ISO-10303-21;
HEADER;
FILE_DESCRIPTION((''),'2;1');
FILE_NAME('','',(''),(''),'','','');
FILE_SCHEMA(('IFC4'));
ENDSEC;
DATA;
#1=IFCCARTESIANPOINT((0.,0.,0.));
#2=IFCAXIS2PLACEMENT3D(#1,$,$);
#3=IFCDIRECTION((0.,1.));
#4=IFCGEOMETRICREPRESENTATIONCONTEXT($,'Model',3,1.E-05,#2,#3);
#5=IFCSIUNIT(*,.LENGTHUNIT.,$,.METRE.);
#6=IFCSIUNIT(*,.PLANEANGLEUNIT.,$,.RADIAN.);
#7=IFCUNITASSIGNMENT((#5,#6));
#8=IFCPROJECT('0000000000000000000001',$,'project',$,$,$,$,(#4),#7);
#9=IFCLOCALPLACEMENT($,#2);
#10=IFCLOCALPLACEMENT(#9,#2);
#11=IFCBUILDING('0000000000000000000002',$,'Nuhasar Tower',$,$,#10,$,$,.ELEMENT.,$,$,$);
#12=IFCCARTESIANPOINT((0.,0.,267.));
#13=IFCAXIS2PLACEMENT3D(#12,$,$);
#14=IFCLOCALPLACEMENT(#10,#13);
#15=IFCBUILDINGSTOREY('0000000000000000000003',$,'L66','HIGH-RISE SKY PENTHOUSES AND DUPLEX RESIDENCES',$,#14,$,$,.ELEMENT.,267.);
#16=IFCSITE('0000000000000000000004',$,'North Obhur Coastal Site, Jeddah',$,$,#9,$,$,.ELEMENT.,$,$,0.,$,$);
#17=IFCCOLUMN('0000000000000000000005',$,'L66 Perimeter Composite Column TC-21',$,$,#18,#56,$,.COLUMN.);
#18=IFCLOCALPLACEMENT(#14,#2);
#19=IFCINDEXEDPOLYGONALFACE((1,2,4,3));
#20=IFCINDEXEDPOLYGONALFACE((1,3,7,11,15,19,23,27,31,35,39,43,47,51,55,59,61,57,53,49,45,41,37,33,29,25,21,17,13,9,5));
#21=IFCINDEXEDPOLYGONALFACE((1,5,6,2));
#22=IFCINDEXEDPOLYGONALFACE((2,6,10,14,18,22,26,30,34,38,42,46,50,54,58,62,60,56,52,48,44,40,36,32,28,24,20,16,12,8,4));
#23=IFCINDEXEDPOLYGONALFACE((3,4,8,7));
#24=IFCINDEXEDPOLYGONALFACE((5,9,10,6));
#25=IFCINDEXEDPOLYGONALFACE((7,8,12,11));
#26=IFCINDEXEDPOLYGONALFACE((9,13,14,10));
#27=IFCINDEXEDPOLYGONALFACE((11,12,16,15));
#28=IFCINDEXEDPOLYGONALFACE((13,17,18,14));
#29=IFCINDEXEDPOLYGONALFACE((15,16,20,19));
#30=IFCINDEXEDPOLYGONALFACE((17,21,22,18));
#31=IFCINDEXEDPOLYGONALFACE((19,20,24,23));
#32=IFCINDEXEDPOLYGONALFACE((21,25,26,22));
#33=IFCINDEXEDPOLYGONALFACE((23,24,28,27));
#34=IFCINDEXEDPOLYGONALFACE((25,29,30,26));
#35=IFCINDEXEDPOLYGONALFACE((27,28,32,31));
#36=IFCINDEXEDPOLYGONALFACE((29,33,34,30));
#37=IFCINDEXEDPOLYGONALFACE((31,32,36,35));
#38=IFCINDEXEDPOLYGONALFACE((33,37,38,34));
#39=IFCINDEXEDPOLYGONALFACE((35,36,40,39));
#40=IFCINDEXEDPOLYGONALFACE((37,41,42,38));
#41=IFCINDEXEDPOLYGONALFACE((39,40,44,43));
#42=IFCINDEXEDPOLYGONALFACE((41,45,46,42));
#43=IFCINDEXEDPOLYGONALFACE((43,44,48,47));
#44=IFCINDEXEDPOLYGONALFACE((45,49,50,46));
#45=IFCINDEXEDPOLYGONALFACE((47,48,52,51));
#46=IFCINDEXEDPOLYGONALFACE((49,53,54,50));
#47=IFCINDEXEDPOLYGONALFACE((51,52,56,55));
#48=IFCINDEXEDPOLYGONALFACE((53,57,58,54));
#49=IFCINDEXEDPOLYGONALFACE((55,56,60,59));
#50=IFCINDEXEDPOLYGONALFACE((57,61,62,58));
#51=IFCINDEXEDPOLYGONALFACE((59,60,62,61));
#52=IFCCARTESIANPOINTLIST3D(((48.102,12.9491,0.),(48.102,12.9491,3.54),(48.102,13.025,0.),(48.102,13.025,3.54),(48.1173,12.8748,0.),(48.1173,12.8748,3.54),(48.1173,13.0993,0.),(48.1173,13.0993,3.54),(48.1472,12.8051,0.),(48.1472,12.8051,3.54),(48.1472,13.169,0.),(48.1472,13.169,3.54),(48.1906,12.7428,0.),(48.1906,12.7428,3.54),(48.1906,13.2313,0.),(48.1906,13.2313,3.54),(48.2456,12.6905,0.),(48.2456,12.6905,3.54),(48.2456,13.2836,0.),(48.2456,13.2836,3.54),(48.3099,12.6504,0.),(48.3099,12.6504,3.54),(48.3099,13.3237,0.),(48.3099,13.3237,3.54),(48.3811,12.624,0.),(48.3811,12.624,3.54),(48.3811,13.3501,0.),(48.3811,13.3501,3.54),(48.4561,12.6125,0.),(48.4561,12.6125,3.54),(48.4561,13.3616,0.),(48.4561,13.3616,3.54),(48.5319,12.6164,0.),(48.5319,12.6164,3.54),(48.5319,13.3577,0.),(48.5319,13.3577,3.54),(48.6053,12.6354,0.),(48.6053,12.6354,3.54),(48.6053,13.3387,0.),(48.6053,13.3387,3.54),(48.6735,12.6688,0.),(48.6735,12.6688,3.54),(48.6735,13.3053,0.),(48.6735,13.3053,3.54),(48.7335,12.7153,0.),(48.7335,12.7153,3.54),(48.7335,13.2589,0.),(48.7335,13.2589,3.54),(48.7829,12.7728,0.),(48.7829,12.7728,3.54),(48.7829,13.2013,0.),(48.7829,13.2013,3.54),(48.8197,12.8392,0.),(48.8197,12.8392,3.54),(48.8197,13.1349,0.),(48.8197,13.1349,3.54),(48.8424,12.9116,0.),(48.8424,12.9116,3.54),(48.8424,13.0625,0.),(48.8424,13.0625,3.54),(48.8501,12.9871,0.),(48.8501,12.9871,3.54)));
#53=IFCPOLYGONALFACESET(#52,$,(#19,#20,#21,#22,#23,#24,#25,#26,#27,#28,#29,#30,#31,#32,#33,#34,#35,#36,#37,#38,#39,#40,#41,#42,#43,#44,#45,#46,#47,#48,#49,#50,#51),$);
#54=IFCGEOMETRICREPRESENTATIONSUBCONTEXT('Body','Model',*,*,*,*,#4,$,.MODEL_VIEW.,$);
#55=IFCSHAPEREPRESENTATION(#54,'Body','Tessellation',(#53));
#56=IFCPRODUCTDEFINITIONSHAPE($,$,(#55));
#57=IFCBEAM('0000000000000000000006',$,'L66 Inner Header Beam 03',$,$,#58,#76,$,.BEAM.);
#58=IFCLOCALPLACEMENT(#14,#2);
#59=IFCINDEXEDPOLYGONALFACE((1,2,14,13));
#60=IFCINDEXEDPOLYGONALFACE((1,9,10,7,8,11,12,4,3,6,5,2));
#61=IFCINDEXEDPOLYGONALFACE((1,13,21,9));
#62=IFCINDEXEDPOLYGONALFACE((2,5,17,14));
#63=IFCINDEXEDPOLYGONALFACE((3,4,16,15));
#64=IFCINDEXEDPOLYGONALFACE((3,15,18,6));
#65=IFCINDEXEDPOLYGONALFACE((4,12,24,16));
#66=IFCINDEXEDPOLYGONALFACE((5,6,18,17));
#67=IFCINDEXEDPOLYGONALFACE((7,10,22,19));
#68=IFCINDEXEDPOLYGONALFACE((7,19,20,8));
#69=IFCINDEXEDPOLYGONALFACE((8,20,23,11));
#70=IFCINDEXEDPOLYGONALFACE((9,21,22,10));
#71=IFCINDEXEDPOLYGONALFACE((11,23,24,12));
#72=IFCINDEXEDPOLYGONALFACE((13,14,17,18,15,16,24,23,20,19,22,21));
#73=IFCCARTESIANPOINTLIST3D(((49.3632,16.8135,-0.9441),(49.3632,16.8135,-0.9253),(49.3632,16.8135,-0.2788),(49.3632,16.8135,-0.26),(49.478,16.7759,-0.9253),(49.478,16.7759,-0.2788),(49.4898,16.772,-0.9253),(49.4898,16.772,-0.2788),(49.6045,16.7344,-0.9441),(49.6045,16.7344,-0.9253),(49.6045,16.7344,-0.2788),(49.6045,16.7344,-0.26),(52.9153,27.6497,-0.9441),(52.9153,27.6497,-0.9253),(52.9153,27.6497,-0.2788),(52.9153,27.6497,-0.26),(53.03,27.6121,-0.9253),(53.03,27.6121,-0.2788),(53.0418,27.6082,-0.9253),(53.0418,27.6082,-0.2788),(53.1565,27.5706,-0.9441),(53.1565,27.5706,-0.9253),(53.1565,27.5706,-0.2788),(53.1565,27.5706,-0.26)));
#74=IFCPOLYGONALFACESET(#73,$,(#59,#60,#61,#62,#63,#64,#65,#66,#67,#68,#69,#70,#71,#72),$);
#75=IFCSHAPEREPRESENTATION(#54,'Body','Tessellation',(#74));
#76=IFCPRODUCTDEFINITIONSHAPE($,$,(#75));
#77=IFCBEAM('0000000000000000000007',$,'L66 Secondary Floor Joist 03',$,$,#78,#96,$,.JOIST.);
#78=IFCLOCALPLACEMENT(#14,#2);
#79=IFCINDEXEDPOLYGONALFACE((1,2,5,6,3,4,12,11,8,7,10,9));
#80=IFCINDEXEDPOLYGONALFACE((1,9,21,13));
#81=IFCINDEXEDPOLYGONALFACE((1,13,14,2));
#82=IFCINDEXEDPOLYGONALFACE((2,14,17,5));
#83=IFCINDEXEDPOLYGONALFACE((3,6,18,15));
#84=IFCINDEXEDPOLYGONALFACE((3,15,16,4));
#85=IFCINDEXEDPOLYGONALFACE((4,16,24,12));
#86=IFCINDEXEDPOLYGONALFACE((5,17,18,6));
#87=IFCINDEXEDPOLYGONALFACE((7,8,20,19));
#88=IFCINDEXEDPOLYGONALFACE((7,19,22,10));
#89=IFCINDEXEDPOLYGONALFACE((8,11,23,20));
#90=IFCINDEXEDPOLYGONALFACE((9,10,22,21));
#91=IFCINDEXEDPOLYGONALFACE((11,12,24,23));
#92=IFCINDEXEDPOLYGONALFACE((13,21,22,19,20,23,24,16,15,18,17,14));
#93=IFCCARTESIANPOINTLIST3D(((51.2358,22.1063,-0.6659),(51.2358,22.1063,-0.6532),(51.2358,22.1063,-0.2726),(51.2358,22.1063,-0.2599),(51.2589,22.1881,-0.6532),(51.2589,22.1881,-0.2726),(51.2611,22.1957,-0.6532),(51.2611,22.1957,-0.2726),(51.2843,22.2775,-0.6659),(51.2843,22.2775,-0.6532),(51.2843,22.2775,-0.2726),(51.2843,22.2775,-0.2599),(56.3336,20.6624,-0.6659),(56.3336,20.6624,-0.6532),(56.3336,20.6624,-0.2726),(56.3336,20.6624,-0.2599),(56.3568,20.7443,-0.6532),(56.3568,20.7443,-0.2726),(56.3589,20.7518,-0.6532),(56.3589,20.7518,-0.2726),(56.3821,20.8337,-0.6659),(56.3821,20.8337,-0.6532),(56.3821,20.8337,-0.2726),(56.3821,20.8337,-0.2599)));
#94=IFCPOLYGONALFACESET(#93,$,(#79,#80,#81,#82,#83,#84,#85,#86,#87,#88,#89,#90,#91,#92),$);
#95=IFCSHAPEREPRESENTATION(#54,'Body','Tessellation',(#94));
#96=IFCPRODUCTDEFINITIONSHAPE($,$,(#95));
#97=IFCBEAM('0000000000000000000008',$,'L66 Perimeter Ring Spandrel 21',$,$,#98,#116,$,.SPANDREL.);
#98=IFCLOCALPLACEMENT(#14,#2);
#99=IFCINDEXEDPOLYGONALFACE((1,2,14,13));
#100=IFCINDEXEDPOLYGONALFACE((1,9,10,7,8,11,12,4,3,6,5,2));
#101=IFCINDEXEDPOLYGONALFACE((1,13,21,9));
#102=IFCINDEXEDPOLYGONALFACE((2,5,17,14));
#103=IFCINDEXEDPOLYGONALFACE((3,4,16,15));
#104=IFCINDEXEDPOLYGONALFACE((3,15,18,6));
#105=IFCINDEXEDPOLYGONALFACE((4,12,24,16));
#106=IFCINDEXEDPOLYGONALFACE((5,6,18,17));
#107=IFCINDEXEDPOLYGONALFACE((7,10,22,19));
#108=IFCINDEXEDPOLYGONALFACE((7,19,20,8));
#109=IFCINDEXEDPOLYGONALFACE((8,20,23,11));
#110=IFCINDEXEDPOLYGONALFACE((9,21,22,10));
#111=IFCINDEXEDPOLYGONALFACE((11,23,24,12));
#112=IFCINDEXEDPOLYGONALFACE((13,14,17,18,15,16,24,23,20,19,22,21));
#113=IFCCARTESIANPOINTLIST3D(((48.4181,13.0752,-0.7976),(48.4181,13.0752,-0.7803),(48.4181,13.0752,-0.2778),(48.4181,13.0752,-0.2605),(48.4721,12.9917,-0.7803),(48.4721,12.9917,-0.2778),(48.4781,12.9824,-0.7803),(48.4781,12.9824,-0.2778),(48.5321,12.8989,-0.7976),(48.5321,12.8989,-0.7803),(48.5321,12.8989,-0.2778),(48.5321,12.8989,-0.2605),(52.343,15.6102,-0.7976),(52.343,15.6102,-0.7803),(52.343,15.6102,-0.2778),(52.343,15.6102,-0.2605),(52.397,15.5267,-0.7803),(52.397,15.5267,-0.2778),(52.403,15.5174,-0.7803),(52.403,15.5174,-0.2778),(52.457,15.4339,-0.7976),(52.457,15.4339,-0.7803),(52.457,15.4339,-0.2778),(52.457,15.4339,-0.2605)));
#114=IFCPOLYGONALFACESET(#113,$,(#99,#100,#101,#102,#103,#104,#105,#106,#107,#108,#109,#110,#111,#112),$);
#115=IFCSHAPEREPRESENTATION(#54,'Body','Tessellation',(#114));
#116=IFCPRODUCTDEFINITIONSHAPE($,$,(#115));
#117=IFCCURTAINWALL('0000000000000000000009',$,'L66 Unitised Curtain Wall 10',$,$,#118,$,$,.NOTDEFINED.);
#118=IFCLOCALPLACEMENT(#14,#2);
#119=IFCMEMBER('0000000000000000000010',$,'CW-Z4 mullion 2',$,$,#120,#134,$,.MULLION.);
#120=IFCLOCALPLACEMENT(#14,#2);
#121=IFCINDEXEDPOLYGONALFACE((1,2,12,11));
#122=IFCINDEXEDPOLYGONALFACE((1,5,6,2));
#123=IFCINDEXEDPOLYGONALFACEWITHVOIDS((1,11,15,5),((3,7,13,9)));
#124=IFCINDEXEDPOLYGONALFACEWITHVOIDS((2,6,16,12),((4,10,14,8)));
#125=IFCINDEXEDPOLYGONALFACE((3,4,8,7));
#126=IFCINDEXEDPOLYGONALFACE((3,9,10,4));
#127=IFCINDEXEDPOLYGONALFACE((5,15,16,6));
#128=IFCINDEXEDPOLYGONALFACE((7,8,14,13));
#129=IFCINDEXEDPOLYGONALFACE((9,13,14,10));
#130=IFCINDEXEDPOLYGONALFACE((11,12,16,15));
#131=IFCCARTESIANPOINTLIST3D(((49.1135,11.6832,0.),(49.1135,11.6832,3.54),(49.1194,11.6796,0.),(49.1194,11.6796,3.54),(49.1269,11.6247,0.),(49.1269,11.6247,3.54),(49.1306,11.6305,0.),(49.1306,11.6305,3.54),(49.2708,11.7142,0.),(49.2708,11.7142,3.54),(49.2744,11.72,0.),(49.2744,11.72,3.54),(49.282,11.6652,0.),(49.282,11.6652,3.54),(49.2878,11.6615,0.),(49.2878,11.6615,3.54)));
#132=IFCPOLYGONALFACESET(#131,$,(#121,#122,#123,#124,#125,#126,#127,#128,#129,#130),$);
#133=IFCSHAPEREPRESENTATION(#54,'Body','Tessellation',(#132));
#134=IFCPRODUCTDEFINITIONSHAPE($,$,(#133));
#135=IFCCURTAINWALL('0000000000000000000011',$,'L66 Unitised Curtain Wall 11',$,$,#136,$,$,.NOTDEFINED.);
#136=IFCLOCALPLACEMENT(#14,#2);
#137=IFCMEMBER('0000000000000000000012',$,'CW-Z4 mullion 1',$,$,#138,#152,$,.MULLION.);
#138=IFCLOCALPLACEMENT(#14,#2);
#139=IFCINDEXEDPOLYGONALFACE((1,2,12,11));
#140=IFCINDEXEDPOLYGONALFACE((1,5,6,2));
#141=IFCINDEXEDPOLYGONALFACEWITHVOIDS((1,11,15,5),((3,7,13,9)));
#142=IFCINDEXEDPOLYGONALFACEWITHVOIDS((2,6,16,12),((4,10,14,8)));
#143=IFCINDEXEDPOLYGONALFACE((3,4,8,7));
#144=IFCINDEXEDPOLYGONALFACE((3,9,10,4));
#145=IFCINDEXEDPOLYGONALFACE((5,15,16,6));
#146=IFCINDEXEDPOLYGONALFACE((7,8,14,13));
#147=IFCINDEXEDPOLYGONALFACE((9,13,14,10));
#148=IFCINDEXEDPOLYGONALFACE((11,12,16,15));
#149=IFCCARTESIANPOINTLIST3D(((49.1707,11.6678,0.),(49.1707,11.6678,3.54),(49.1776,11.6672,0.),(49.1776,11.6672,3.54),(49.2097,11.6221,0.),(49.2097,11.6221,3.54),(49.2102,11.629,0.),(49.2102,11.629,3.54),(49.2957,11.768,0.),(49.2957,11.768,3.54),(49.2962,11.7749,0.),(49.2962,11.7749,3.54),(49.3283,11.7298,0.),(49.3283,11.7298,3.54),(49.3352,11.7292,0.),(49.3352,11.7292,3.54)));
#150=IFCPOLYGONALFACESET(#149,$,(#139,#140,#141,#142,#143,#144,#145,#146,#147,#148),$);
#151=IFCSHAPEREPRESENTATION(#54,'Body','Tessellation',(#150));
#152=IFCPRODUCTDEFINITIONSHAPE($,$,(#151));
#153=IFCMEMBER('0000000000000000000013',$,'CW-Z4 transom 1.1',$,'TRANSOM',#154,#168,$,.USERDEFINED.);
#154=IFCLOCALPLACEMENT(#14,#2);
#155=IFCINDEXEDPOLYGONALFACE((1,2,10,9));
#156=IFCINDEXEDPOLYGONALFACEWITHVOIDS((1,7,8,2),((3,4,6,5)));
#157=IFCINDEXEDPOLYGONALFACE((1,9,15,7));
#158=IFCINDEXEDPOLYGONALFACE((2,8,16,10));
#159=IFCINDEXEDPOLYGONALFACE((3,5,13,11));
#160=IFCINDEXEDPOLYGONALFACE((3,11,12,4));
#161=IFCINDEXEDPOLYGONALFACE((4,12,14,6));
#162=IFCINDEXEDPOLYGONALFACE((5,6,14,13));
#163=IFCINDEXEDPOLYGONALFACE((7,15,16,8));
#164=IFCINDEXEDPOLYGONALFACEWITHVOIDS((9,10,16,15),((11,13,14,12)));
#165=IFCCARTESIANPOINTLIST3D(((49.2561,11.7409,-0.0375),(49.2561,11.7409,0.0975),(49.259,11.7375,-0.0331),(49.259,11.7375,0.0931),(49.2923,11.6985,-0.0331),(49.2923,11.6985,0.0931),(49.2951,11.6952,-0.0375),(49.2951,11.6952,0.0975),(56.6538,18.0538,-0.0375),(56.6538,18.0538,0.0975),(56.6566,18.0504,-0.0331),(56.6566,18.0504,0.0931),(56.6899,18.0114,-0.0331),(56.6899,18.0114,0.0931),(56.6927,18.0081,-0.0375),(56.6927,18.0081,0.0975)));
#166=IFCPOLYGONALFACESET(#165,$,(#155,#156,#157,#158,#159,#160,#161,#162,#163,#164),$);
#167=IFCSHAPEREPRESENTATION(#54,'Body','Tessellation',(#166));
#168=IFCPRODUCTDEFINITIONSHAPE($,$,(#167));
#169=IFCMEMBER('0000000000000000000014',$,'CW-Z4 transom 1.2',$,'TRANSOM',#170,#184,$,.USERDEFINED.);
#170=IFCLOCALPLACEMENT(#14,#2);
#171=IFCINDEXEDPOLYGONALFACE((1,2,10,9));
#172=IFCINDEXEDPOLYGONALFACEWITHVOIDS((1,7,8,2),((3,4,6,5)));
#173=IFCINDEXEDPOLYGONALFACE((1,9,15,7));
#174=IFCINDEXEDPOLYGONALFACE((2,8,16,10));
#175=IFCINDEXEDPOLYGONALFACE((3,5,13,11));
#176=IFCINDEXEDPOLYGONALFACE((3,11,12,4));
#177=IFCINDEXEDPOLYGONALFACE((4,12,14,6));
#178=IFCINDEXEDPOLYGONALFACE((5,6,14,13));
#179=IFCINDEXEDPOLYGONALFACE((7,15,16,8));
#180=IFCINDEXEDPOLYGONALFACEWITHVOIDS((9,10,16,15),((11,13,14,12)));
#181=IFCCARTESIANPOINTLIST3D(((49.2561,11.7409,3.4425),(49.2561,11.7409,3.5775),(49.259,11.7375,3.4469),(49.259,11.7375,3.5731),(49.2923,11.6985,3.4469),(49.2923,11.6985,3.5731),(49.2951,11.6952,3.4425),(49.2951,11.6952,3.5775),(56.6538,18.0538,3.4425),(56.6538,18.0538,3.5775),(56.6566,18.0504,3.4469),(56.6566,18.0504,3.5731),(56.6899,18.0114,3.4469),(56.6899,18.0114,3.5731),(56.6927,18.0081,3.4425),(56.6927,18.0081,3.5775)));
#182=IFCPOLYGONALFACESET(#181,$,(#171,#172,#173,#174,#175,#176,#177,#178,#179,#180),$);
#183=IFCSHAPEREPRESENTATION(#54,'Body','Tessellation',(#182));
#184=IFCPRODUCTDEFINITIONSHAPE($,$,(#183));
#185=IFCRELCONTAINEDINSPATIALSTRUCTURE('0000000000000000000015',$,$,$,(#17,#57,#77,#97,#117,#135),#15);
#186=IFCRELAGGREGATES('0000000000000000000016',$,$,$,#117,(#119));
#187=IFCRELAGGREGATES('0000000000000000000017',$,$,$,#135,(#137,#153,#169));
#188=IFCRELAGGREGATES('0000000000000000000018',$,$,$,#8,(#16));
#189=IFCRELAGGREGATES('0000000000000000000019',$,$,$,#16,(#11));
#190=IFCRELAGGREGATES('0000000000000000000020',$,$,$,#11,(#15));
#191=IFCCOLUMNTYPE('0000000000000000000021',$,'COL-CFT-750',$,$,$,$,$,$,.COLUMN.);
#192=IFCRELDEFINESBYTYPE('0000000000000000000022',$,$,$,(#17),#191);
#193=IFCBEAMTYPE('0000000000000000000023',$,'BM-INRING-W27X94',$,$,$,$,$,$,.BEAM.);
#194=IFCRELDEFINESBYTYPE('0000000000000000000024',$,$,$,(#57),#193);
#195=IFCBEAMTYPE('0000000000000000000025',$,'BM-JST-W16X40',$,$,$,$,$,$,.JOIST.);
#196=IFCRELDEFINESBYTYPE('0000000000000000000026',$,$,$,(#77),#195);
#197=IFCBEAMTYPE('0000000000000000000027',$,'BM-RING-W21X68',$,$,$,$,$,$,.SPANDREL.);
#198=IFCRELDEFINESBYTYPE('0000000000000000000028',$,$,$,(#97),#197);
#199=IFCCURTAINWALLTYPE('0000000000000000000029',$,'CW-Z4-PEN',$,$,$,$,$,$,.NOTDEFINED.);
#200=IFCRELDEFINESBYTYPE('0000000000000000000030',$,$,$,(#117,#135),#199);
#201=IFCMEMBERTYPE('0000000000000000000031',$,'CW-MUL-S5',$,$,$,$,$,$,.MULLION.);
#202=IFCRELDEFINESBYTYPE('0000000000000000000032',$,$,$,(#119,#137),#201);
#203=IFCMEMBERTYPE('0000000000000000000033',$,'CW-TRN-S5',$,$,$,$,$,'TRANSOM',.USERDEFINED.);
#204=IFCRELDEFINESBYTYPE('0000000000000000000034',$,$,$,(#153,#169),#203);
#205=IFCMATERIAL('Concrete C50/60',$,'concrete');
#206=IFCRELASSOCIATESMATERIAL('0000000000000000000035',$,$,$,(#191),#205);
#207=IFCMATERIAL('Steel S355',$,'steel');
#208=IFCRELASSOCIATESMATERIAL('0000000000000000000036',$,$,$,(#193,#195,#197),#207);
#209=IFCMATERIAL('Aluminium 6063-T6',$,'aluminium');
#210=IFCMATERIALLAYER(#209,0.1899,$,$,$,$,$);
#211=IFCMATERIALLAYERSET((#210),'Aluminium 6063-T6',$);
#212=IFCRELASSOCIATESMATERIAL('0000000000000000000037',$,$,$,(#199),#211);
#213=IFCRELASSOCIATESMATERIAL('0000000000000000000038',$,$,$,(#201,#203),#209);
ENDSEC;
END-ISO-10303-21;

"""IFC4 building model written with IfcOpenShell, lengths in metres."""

from ifc_helpers import new_model, si_unit, direction, frame, origin, origin_2d, place, context, subcontext, project, spatial, hollow_rectangle, circle, i_section, extrude, material, layer, layer_set, material_profile, profile_set, type_object, element, aggregate, save


model = new_model("IFC4")

# Units and contexts
model_context = context("Model", 3, precision=1e-05, world=origin(), true_north=direction((0.0, 1.0)))
body_context = subcontext(model_context, "Body", "Model", "MODEL_VIEW")
ifc_project = project(units=[si_unit("LENGTHUNIT", "METRE"), si_unit("PLANEANGLEUNIT", "RADIAN")], contexts=[model_context])

# Site, building, storey
site_placement = place(None, origin())
site = spatial("IfcSite", under=ifc_project, at=site_placement, Name="North Obhur Coastal Site, Jeddah", CompositionType="ELEMENT", RefElevation=0.0)
building_placement = place(site_placement, origin())
building = spatial("IfcBuilding", under=site, at=building_placement, Name="Nuhasar Tower", CompositionType="ELEMENT")
storey_placement = place(building_placement, frame((0.0, 0.0, 267.0)))
storey = spatial("IfcBuildingStorey", under=building, at=storey_placement, Name="L66", Description="HIGH-RISE SKY PENTHOUSES AND DUPLEX RESIDENCES", CompositionType="ELEMENT", Elevation=267.0)

# Column
ifc_material_1 = material(Name="Concrete C50/60", Category="concrete")
ifc_material_profile_1 = material_profile(ifc_material_1, circle(Radius=0.375, at=origin_2d()), Name="CFT750")
ifc_profile_set_1 = profile_set([ifc_material_profile_1], Name="Concrete C50/60")
column_type = type_object("IfcColumnType", Name="COL-CFT-750", PredefinedType="COLUMN", material=ifc_profile_set_1)
column_placement = place(storey_placement, frame((48.4751, 12.9871, 0.0), z_axis=(0.0, 0.0, 1.0), x_axis=(1.0, 0.0, 0.0)))
element("IfcColumn", 1, at=column_placement, inside=storey, type_object=column_type, Name="L66 Perimeter Composite Column TC-21", PredefinedType="COLUMN", context=body_context, shape_type="SweptSolid", body=[
    extrude(circle(Radius=0.375, at=origin_2d()), origin(), (0.0, 0.0, 1.0), 3.54),
])

# Beams
ifc_material_2 = material(Name="Steel S355", Category="steel")
ifc_material_profile_2 = material_profile(ifc_material_2, i_section(OverallWidth=0.2539, OverallDepth=0.6841, WebThickness=0.0125, FlangeThickness=0.0188, at=origin_2d()), Name="W27X94")
ifc_profile_set_2 = profile_set([ifc_material_profile_2], Name="Steel S355")
beam_type_1 = type_object("IfcBeamType", Name="BM-INRING-W27X94", PredefinedType="BEAM", material=ifc_profile_set_2)
beam_1_placement = place(storey_placement, frame((49.4839, 16.7739, -0.6021), z_axis=(0.311484, 0.950251, 0.0), x_axis=(-0.950251, 0.311484, 0.0)))
element("IfcBeam", 2, at=beam_1_placement, inside=storey, type_object=beam_type_1, Name="L66 Inner Header Beam 03", PredefinedType="BEAM", context=body_context, shape_type="SweptSolid", body=[
    extrude(i_section(OverallWidth=0.2539, OverallDepth=0.6841, WebThickness=0.0125, FlangeThickness=0.0188, at=origin_2d()), origin(), (0.0, 0.0, 1.0), 11.4036),
])
ifc_material_profile_3 = material_profile(ifc_material_2, i_section(OverallWidth=0.178, OverallDepth=0.406, WebThickness=0.0078, FlangeThickness=0.0127, at=origin_2d()), Name="W16X40")
ifc_profile_set_3 = profile_set([ifc_material_profile_3], Name="Steel S355")
beam_type_2 = type_object("IfcBeamType", Name="BM-JST-W16X40", PredefinedType="JOIST", material=ifc_profile_set_3)
beam_2_placement = place(storey_placement, frame((51.26, 22.1919, -0.4629), z_axis=(0.962154, -0.272505, 0.0), x_axis=(0.272505, 0.962154, 0.0)))
element("IfcBeam", 3, at=beam_2_placement, inside=storey, type_object=beam_type_2, Name="L66 Secondary Floor Joist 03", PredefinedType="JOIST", context=body_context, shape_type="SweptSolid", body=[
    extrude(i_section(OverallWidth=0.178, OverallDepth=0.406, WebThickness=0.0078, FlangeThickness=0.0127, at=origin_2d()), origin(), (0.0, 0.0, 1.0), 5.2983),
])
ifc_material_profile_4 = material_profile(ifc_material_2, i_section(OverallWidth=0.21, OverallDepth=0.5371, WebThickness=0.011, FlangeThickness=0.0173, at=origin_2d()), Name="W21X68")
ifc_profile_set_4 = profile_set([ifc_material_profile_4], Name="Steel S355")
beam_type_3 = type_object("IfcBeamType", Name="BM-RING-W21X68", PredefinedType="SPANDREL", material=ifc_profile_set_4)
beam_3_placement = place(storey_placement, frame((48.4751, 12.9871, -0.5291), z_axis=(0.840025, 0.542547, 0.0), x_axis=(-0.542547, 0.840025, 0.0)))
element("IfcBeam", 4, at=beam_3_placement, inside=storey, type_object=beam_type_3, Name="L66 Perimeter Ring Spandrel 21", PredefinedType="SPANDREL", context=body_context, shape_type="SweptSolid", body=[
    extrude(i_section(OverallWidth=0.21, OverallDepth=0.5371, WebThickness=0.011, FlangeThickness=0.0173, at=origin_2d()), origin(), (0.0, 0.0, 1.0), 4.6724),
])

# Curtain wall, member
ifc_material_3 = material(Name="Aluminium 6063-T6", Category="aluminium")
ifc_layer_1 = layer(ifc_material_3, 0.1899)
ifc_layer_set_1 = layer_set([ifc_layer_1], Name="Aluminium 6063-T6")
curtain_wall_type = type_object("IfcCurtainWallType", Name="CW-Z4-PEN", PredefinedType="NOTDEFINED", material=ifc_layer_set_1)
curtain_wall_1_placement = place(storey_placement, origin())
curtain_wall_1 = element("IfcCurtainWall", 5, at=curtain_wall_1_placement, inside=storey, type_object=curtain_wall_type, Name="L66 Unitised Curtain Wall 10", PredefinedType="NOTDEFINED")
ifc_material_profile_5 = material_profile(ifc_material_3, hollow_rectangle(XDim=0.0601, YDim=0.165, WallThickness=0.0049, at=origin_2d()), Name="CWM-5")
ifc_profile_set_5 = profile_set([ifc_material_profile_5], Name="Aluminium 6063-T6")
member_type_1 = type_object("IfcMemberType", Name="CW-MUL-S5", PredefinedType="MULLION", material=ifc_profile_set_5)
member_1_placement = place(storey_placement, frame((49.2007, 11.6724, 0.0), z_axis=(0.0, 0.0, 1.0), x_axis=(-0.222889, 0.974844, 0.0)))
member_1 = element("IfcMember", 6, at=member_1_placement, type_object=member_type_1, Name="CW-Z4 mullion 2", PredefinedType="MULLION", context=body_context, shape_type="SweptSolid", body=[
    extrude(hollow_rectangle(XDim=0.0601, YDim=0.165, WallThickness=0.0049, at=origin_2d()), origin(), (0.0, 0.0, 1.0), 3.54),
])
aggregate(curtain_wall_1, [member_1])

# Curtain wall, members
curtain_wall_2_placement = place(storey_placement, origin())
curtain_wall_2 = element("IfcCurtainWall", 7, at=curtain_wall_2_placement, inside=storey, type_object=curtain_wall_type, Name="L66 Unitised Curtain Wall 11", PredefinedType="NOTDEFINED")
member_2_placement = place(storey_placement, frame((49.2529, 11.6985, 0.0), z_axis=(0.0, 0.0, 1.0), x_axis=(-0.649142, 0.760667, 0.0)))
member_2 = element("IfcMember", 8, at=member_2_placement, type_object=member_type_1, Name="CW-Z4 mullion 1", PredefinedType="MULLION", context=body_context, shape_type="SweptSolid", body=[
    extrude(hollow_rectangle(XDim=0.0601, YDim=0.165, WallThickness=0.0049, at=origin_2d()), origin(), (0.0, 0.0, 1.0), 3.54),
])
ifc_material_profile_6 = material_profile(ifc_material_3, hollow_rectangle(XDim=0.0601, YDim=0.135, WallThickness=0.0044, at=origin_2d()), Name="CWT-5")
ifc_profile_set_6 = profile_set([ifc_material_profile_6], Name="Aluminium 6063-T6")
member_type_2 = type_object("IfcMemberType", Name="CW-TRN-S5", ElementType="TRANSOM", PredefinedType="USERDEFINED", material=ifc_profile_set_6)
member_3_placement = place(storey_placement, frame((49.2756, 11.718, 0.03), z_axis=(0.760672, 0.649136, 0.0), x_axis=(-0.649136, 0.760672, 0.0)))
member_3 = element("IfcMember", 9, at=member_3_placement, type_object=member_type_2, Name="CW-Z4 transom 1.1", ObjectType="TRANSOM", PredefinedType="USERDEFINED", context=body_context, shape_type="SweptSolid", body=[
    extrude(hollow_rectangle(XDim=0.0601, YDim=0.135, WallThickness=0.0044, at=origin_2d()), origin(), (0.0, 0.0, 1.0), 9.7251),
])
member_4_placement = place(storey_placement, frame((49.2756, 11.718, 3.51), z_axis=(0.760672, 0.649136, 0.0), x_axis=(-0.649136, 0.760672, 0.0)))
member_4 = element("IfcMember", 10, at=member_4_placement, type_object=member_type_2, Name="CW-Z4 transom 1.2", ObjectType="TRANSOM", PredefinedType="USERDEFINED", context=body_context, shape_type="SweptSolid", body=[
    extrude(hollow_rectangle(XDim=0.0601, YDim=0.135, WallThickness=0.0044, at=origin_2d()), origin(), (0.0, 0.0, 1.0), 9.7251),
])
aggregate(curtain_wall_2, [member_2, member_3, member_4])

save(model, "model.ifc")
